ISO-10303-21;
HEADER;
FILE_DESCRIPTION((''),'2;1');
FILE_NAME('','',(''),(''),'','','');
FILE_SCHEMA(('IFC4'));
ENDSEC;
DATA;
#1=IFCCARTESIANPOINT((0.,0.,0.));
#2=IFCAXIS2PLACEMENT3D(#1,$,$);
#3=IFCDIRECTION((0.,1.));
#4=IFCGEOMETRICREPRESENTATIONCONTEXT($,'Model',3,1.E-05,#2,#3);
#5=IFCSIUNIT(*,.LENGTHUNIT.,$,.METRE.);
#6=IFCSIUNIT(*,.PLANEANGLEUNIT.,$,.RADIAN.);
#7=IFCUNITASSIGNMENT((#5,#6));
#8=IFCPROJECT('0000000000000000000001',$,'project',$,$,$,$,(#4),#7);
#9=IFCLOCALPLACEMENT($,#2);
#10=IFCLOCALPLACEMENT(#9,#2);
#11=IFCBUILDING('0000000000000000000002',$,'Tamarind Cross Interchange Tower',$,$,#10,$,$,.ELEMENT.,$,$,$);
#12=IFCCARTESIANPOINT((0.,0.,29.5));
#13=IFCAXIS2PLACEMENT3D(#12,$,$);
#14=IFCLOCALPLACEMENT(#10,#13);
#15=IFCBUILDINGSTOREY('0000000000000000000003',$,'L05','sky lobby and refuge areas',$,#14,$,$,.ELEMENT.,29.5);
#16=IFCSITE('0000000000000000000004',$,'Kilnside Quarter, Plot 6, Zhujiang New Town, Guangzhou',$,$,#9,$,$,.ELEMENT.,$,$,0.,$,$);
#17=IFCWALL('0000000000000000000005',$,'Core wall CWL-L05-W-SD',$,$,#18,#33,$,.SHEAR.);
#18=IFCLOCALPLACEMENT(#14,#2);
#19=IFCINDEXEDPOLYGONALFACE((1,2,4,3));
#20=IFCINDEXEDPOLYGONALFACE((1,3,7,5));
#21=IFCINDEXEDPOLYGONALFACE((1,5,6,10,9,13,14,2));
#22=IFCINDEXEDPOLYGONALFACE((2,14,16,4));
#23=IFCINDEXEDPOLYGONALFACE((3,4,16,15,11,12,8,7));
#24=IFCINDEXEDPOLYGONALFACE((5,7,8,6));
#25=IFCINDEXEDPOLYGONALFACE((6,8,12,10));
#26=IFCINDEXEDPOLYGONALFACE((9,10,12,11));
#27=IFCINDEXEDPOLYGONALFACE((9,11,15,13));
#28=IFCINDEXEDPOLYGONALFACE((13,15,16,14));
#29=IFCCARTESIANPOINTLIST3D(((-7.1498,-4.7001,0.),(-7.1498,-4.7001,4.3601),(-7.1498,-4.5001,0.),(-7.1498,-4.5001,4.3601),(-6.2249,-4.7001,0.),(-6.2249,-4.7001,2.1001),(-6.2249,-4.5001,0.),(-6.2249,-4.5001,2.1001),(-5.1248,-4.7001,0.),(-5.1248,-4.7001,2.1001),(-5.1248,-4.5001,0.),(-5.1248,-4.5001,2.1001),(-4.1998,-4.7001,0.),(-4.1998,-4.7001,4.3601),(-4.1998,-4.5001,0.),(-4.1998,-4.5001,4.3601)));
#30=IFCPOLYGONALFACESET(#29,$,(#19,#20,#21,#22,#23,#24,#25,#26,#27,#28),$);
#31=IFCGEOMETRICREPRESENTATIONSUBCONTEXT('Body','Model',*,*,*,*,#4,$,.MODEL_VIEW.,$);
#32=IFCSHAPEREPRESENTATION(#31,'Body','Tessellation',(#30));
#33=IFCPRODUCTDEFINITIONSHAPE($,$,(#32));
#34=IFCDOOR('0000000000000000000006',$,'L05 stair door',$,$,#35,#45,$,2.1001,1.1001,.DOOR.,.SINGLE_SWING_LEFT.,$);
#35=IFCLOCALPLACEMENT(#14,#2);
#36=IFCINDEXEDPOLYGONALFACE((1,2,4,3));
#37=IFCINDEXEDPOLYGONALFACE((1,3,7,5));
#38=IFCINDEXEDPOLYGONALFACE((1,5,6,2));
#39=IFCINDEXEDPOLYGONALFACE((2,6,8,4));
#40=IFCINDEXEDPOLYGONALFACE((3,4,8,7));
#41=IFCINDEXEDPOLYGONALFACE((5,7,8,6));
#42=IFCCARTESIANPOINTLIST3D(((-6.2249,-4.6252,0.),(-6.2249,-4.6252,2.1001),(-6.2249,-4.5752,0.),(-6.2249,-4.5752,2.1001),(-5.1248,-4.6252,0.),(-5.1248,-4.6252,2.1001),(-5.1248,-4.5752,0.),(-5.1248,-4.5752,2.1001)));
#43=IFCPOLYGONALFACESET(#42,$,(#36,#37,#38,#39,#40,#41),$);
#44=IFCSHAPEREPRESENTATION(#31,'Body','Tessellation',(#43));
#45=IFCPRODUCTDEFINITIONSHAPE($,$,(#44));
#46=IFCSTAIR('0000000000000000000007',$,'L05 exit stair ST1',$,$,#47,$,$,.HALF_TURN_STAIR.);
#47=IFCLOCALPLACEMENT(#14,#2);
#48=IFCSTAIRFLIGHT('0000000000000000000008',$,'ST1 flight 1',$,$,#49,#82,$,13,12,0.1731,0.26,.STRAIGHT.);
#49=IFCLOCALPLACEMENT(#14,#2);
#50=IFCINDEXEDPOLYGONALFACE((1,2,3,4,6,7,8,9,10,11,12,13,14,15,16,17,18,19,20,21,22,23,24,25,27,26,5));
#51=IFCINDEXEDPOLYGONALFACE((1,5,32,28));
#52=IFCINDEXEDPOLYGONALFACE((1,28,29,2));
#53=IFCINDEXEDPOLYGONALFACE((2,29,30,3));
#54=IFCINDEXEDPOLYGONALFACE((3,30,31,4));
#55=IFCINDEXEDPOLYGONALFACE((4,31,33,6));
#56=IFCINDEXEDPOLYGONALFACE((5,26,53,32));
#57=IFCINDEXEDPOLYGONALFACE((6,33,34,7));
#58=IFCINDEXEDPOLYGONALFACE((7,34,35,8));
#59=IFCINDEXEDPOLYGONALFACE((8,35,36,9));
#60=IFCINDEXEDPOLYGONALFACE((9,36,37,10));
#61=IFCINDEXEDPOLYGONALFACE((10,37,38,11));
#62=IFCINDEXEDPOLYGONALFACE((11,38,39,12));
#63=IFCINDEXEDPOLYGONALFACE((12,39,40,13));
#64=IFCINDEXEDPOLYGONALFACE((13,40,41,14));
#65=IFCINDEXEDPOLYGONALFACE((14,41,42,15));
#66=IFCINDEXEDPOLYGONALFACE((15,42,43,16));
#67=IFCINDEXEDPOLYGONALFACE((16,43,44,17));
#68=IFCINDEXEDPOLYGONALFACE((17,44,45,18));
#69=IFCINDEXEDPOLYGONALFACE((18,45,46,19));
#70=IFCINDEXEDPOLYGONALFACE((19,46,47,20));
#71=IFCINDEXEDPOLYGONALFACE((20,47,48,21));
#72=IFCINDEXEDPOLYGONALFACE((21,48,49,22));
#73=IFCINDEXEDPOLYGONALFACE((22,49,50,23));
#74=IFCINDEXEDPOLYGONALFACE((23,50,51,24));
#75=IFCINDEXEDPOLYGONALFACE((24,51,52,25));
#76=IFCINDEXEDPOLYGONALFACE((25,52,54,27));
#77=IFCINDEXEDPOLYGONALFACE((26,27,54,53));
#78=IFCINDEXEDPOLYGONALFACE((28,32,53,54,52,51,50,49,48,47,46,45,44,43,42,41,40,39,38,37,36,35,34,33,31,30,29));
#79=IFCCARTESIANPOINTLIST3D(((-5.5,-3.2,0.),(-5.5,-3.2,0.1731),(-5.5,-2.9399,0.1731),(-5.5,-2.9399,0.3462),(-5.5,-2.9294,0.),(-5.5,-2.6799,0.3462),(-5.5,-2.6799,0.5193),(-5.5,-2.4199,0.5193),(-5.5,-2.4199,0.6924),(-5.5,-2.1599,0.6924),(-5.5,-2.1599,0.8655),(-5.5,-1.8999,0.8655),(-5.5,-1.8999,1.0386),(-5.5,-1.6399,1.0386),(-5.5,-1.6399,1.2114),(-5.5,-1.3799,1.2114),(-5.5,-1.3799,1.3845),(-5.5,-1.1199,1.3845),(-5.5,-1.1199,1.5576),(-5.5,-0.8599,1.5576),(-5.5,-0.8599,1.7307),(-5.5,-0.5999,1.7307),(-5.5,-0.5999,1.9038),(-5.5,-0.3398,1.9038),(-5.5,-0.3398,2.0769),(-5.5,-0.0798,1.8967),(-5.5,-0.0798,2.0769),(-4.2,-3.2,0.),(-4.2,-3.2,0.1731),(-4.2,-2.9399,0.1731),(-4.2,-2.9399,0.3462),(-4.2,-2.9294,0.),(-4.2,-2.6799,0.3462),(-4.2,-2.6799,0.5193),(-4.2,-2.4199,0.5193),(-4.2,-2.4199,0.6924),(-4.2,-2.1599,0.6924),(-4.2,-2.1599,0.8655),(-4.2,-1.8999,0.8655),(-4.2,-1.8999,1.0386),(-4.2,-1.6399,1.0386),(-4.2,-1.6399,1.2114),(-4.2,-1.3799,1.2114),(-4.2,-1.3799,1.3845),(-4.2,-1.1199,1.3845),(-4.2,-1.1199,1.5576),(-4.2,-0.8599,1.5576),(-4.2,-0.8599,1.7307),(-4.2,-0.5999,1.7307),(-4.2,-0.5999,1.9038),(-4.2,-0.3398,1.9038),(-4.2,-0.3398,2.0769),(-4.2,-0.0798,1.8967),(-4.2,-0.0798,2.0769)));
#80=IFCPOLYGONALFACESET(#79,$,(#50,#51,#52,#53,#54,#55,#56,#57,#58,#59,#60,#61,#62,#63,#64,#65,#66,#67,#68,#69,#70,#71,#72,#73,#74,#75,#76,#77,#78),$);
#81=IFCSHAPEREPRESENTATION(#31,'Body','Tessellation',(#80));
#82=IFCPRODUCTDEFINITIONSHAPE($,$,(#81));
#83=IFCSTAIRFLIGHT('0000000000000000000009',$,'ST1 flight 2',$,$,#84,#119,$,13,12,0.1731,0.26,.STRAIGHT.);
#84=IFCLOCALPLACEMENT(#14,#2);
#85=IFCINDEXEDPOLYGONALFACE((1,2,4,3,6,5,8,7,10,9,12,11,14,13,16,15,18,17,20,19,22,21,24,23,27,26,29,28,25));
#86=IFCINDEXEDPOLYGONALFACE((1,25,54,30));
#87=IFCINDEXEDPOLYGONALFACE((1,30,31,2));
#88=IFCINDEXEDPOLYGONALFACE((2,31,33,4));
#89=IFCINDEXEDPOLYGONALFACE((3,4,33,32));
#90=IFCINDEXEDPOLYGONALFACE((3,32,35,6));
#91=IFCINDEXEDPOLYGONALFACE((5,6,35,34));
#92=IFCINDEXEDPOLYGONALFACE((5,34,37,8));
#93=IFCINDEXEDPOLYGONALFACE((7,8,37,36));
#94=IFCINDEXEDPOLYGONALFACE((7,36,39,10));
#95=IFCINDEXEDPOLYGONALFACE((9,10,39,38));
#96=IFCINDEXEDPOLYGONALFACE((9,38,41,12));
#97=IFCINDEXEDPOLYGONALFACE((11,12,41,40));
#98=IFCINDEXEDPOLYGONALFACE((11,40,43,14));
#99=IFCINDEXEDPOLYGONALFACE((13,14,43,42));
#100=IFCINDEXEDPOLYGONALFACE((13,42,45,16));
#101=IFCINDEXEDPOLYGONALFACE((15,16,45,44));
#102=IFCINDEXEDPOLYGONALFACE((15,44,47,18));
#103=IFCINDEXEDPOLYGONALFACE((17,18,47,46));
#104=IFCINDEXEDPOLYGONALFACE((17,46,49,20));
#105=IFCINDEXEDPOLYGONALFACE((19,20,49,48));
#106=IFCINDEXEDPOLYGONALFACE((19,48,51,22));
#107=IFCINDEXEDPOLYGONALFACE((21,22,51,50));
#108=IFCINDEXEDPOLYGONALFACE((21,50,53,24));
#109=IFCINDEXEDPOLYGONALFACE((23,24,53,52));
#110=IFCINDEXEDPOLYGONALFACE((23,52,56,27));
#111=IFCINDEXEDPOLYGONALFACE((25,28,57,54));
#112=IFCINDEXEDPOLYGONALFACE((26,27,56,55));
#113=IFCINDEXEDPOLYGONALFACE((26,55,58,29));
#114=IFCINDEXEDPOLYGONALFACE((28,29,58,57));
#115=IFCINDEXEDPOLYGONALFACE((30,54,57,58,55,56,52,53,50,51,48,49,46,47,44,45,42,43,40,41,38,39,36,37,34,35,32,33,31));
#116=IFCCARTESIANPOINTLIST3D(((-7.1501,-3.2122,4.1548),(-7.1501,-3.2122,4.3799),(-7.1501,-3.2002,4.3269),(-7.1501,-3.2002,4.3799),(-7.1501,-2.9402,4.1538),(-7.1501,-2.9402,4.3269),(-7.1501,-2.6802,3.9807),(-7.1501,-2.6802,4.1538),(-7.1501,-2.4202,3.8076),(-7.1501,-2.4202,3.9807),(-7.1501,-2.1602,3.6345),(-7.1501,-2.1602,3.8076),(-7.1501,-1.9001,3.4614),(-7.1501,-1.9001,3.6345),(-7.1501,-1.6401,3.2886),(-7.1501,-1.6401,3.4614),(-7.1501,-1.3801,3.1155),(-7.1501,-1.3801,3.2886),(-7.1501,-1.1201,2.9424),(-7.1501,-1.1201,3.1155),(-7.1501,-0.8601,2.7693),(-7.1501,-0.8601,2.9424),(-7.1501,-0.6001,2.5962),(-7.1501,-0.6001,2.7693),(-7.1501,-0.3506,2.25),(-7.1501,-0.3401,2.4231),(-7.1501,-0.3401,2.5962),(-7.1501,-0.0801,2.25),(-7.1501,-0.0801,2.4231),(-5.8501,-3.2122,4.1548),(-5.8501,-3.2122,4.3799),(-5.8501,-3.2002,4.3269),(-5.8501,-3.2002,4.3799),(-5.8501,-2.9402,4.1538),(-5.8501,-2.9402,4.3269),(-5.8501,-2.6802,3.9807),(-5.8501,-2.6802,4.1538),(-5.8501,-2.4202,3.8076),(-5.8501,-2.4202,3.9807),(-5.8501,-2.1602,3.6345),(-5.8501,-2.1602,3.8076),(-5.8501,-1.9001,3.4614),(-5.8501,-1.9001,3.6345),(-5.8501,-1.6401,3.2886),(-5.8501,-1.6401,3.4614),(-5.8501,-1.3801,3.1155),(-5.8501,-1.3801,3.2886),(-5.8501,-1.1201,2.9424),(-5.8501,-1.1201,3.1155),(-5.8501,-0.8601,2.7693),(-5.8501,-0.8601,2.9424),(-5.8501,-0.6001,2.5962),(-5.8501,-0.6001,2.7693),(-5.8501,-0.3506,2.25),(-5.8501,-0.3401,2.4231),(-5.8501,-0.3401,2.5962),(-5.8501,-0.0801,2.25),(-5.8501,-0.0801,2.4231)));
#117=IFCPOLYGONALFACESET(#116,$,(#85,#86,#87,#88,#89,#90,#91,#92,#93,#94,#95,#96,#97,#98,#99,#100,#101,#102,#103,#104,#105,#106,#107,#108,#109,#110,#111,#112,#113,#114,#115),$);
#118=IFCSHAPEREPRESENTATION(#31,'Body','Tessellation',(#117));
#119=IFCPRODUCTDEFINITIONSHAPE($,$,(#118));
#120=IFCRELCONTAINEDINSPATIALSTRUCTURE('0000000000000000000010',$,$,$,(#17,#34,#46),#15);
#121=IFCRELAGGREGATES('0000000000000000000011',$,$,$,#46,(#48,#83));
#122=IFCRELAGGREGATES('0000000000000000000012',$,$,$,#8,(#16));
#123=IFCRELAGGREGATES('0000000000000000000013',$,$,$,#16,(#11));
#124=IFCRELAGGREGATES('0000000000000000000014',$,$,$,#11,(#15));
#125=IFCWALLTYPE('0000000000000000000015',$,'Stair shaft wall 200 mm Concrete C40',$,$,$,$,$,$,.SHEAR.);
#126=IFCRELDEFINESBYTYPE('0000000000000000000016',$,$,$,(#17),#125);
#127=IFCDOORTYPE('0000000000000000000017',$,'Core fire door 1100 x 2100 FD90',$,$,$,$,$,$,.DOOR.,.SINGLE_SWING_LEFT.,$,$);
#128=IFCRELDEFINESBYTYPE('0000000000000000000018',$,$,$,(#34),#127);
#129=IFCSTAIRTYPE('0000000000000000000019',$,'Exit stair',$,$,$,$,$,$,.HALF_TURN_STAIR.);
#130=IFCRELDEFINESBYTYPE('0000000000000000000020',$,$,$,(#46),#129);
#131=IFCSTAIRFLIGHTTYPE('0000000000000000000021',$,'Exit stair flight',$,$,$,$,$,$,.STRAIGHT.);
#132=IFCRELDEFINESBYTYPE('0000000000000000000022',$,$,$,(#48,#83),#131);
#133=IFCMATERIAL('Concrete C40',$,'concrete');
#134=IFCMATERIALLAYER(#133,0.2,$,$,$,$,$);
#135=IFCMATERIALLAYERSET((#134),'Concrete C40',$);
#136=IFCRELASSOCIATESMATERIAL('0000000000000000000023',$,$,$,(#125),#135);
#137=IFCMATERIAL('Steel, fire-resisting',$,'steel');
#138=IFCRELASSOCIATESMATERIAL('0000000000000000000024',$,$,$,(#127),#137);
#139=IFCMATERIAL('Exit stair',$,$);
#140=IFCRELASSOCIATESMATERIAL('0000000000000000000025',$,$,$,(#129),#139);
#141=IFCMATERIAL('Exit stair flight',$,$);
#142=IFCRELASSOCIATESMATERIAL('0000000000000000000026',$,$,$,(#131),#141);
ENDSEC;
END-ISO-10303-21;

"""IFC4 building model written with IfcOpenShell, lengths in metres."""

from ifc_helpers import new_model, si_unit, direction, frame, frame_2d, origin, place, context, subcontext, project, spatial, polyline, rectangle, outline, extrude, material, layer, layer_set, type_object, element, fill, aggregate, save


model = new_model("IFC4")

# Units and contexts
model_context = context("Model", 3, precision=1e-05, world=origin(), true_north=direction((0.0, 1.0)))
body_context = subcontext(model_context, "Body", "Model", "MODEL_VIEW")
ifc_project = project(units=[si_unit("LENGTHUNIT", "METRE"), si_unit("PLANEANGLEUNIT", "RADIAN")], contexts=[model_context])

# Site, building, storey
site_placement = place(None, origin())
site = spatial("IfcSite", under=ifc_project, at=site_placement, Name="Kilnside Quarter, Plot 6, Zhujiang New Town, Guangzhou", CompositionType="ELEMENT", RefElevation=0.0)
building_placement = place(site_placement, origin())
building = spatial("IfcBuilding", under=site, at=building_placement, Name="Tamarind Cross Interchange Tower", CompositionType="ELEMENT")
storey_placement = place(building_placement, frame((0.0, 0.0, 29.5)))
storey = spatial("IfcBuildingStorey", under=building, at=storey_placement, Name="L05", Description="sky lobby and refuge areas", CompositionType="ELEMENT", Elevation=29.5)

# Shared definitions
ifc_material_1 = material(Name="Steel, fire-resisting", Category="steel")

# Wall, opening, door
ifc_material_2 = material(Name="Concrete C40", Category="concrete")
ifc_layer_1 = layer(ifc_material_2, 0.2)
ifc_layer_set_1 = layer_set([ifc_layer_1], Name="Concrete C40")
wall_type_1 = type_object("IfcWallType", Name="Stair shaft wall 200 mm Concrete C40", PredefinedType="SHEAR", material=ifc_layer_set_1)
wall_1_placement = place(storey_placement, frame((-7.1499, -4.6001, 0.0), z_axis=(0.0, 0.0, 1.0), x_axis=(1.0, 0.0, 0.0)))
wall_1 = element("IfcWall", 1, at=wall_1_placement, inside=storey, type_object=wall_type_1, Name="Core wall CWL-L05-W-SD", PredefinedType="SHEAR", context=body_context, shape_type="SweptSolid", body=[
    extrude(rectangle(XDim=2.95, YDim=0.2, at=frame_2d((1.4751, 0.0))), origin(), (0.0, 0.0, 1.0), 4.3601),
])
opening_1_placement = place(wall_1_placement, frame((0.925, 0.0, 0.0)))
opening_1 = element("IfcOpeningElement", 2, at=opening_1_placement, cuts=wall_1, PredefinedType="OPENING", context=body_context, shape_type="SweptSolid", body=[
    extrude(rectangle(XDim=1.1001, YDim=2.1001, at=frame_2d((0.55, 1.05))), frame((0.0, 0.1099, 0.0), z_axis=(0.0, -1.0, 0.0), x_axis=(1.0, 0.0, 0.0)), (0.0, 0.0, 1.0), 0.22),
])
door_type_1 = type_object("IfcDoorType", Name="Core fire door 1100 x 2100 FD90", OperationType="SINGLE_SWING_LEFT", PredefinedType="DOOR", material=ifc_material_1)
door_1_placement = place(opening_1_placement, origin())
door_1 = element("IfcDoor", 3, at=door_1_placement, inside=storey, type_object=door_type_1, Name="L05 stair door", OperationType="SINGLE_SWING_LEFT", OverallHeight=2.1001, OverallWidth=1.1001, PredefinedType="DOOR", context=body_context, shape_type="SweptSolid", body=[
    extrude(rectangle(XDim=1.1001, YDim=2.1001, at=frame_2d((0.55, 1.05))), frame((0.0, 0.0249, 0.0), z_axis=(0.0, -1.0, 0.0), x_axis=(1.0, 0.0, 0.0)), (0.0, 0.0, 1.0), 0.05),
])
fill(opening_1, door_1)

# Stair, stair flights
ifc_material_3 = material(Name="Exit stair")
stair_type = type_object("IfcStairType", Name="Exit stair", PredefinedType="HALF_TURN_STAIR", material=ifc_material_3)
stair_placement = place(storey_placement, origin())
stair = element("IfcStair", 4, at=stair_placement, inside=storey, type_object=stair_type, Name="L05 exit stair ST1", PredefinedType="HALF_TURN_STAIR")
ifc_material_4 = material(Name="Exit stair flight")
stair_flight_type = type_object("IfcStairFlightType", Name="Exit stair flight", PredefinedType="STRAIGHT", material=ifc_material_4)
stair_flight_1_placement = place(storey_placement, frame((-4.8501, -3.2, 0.0), z_axis=(0.0, 0.0, 1.0), x_axis=(0.0, 1.0, 0.0)))
stair_flight_1 = element("IfcStairFlight", 5, at=stair_flight_1_placement, type_object=stair_flight_type, Name="ST1 flight 1", NumberOfRisers=13, NumberOfTreads=12, PredefinedType="STRAIGHT", RiserHeight=0.1731, TreadLength=0.26, context=body_context, shape_type="SweptSolid", body=[
    extrude(outline(polyline([(0.0, 0.0), (0.0, 0.1731), (0.26, 0.1731), (0.26, 0.3462), (0.52, 0.3462), (0.52, 0.5193), (0.78, 0.5193), (0.78, 0.6924), (1.04, 0.6924), (1.04, 0.8655), (1.3, 0.8655), (1.3, 1.0386), (1.5601, 1.0386), (1.5601, 1.2114), (1.8201, 1.2114), (1.8201, 1.3845), (2.0801, 1.3845), (2.0801, 1.5576), (2.3401, 1.5576), (2.3401, 1.7307), (2.6001, 1.7307), (2.6001, 1.9038), (2.8601, 1.9038), (2.8601, 2.0769), (3.1201, 2.0769), (3.1201, 2.25), (3.1201, 1.8967), (0.2705, 0.0), (0.0, 0.0)])), frame((0.0, 0.6499, 0.0), z_axis=(0.0, -1.0, 0.0), x_axis=(1.0, 0.0, 0.0)), (0.0, 0.0, 1.0), 1.3),
])
stair_flight_2_placement = place(storey_placement, frame((-6.5, -0.0801, 2.25), z_axis=(0.0, 0.0, 1.0), x_axis=(0.0, -1.0, 0.0)))
stair_flight_2 = element("IfcStairFlight", 6, at=stair_flight_2_placement, type_object=stair_flight_type, Name="ST1 flight 2", NumberOfRisers=13, NumberOfTreads=12, PredefinedType="STRAIGHT", RiserHeight=0.1731, TreadLength=0.26, context=body_context, shape_type="SweptSolid", body=[
    extrude(outline(polyline([(0.0, 0.0), (0.0, 0.1731), (0.26, 0.1731), (0.26, 0.3462), (0.52, 0.3462), (0.52, 0.5193), (0.78, 0.5193), (0.78, 0.6924), (1.04, 0.6924), (1.04, 0.8655), (1.3, 0.8655), (1.3, 1.0386), (1.5601, 1.0386), (1.5601, 1.2114), (1.8201, 1.2114), (1.8201, 1.3845), (2.0801, 1.3845), (2.0801, 1.5576), (2.3401, 1.5576), (2.3401, 1.7307), (2.6001, 1.7307), (2.6001, 1.9038), (2.8601, 1.9038), (2.8601, 2.0769), (3.1201, 2.0769), (3.1201, 2.1299), (3.1321, 2.1299), (3.1321, 1.9048), (0.2705, 0.0), (0.0, 0.0)])), frame((0.0, 0.6499, 0.0), z_axis=(0.0, -1.0, 0.0), x_axis=(1.0, 0.0, 0.0)), (0.0, 0.0, 1.0), 1.3),
])
aggregate(stair, [stair_flight_1, stair_flight_2])

save(model, "model.ifc")
